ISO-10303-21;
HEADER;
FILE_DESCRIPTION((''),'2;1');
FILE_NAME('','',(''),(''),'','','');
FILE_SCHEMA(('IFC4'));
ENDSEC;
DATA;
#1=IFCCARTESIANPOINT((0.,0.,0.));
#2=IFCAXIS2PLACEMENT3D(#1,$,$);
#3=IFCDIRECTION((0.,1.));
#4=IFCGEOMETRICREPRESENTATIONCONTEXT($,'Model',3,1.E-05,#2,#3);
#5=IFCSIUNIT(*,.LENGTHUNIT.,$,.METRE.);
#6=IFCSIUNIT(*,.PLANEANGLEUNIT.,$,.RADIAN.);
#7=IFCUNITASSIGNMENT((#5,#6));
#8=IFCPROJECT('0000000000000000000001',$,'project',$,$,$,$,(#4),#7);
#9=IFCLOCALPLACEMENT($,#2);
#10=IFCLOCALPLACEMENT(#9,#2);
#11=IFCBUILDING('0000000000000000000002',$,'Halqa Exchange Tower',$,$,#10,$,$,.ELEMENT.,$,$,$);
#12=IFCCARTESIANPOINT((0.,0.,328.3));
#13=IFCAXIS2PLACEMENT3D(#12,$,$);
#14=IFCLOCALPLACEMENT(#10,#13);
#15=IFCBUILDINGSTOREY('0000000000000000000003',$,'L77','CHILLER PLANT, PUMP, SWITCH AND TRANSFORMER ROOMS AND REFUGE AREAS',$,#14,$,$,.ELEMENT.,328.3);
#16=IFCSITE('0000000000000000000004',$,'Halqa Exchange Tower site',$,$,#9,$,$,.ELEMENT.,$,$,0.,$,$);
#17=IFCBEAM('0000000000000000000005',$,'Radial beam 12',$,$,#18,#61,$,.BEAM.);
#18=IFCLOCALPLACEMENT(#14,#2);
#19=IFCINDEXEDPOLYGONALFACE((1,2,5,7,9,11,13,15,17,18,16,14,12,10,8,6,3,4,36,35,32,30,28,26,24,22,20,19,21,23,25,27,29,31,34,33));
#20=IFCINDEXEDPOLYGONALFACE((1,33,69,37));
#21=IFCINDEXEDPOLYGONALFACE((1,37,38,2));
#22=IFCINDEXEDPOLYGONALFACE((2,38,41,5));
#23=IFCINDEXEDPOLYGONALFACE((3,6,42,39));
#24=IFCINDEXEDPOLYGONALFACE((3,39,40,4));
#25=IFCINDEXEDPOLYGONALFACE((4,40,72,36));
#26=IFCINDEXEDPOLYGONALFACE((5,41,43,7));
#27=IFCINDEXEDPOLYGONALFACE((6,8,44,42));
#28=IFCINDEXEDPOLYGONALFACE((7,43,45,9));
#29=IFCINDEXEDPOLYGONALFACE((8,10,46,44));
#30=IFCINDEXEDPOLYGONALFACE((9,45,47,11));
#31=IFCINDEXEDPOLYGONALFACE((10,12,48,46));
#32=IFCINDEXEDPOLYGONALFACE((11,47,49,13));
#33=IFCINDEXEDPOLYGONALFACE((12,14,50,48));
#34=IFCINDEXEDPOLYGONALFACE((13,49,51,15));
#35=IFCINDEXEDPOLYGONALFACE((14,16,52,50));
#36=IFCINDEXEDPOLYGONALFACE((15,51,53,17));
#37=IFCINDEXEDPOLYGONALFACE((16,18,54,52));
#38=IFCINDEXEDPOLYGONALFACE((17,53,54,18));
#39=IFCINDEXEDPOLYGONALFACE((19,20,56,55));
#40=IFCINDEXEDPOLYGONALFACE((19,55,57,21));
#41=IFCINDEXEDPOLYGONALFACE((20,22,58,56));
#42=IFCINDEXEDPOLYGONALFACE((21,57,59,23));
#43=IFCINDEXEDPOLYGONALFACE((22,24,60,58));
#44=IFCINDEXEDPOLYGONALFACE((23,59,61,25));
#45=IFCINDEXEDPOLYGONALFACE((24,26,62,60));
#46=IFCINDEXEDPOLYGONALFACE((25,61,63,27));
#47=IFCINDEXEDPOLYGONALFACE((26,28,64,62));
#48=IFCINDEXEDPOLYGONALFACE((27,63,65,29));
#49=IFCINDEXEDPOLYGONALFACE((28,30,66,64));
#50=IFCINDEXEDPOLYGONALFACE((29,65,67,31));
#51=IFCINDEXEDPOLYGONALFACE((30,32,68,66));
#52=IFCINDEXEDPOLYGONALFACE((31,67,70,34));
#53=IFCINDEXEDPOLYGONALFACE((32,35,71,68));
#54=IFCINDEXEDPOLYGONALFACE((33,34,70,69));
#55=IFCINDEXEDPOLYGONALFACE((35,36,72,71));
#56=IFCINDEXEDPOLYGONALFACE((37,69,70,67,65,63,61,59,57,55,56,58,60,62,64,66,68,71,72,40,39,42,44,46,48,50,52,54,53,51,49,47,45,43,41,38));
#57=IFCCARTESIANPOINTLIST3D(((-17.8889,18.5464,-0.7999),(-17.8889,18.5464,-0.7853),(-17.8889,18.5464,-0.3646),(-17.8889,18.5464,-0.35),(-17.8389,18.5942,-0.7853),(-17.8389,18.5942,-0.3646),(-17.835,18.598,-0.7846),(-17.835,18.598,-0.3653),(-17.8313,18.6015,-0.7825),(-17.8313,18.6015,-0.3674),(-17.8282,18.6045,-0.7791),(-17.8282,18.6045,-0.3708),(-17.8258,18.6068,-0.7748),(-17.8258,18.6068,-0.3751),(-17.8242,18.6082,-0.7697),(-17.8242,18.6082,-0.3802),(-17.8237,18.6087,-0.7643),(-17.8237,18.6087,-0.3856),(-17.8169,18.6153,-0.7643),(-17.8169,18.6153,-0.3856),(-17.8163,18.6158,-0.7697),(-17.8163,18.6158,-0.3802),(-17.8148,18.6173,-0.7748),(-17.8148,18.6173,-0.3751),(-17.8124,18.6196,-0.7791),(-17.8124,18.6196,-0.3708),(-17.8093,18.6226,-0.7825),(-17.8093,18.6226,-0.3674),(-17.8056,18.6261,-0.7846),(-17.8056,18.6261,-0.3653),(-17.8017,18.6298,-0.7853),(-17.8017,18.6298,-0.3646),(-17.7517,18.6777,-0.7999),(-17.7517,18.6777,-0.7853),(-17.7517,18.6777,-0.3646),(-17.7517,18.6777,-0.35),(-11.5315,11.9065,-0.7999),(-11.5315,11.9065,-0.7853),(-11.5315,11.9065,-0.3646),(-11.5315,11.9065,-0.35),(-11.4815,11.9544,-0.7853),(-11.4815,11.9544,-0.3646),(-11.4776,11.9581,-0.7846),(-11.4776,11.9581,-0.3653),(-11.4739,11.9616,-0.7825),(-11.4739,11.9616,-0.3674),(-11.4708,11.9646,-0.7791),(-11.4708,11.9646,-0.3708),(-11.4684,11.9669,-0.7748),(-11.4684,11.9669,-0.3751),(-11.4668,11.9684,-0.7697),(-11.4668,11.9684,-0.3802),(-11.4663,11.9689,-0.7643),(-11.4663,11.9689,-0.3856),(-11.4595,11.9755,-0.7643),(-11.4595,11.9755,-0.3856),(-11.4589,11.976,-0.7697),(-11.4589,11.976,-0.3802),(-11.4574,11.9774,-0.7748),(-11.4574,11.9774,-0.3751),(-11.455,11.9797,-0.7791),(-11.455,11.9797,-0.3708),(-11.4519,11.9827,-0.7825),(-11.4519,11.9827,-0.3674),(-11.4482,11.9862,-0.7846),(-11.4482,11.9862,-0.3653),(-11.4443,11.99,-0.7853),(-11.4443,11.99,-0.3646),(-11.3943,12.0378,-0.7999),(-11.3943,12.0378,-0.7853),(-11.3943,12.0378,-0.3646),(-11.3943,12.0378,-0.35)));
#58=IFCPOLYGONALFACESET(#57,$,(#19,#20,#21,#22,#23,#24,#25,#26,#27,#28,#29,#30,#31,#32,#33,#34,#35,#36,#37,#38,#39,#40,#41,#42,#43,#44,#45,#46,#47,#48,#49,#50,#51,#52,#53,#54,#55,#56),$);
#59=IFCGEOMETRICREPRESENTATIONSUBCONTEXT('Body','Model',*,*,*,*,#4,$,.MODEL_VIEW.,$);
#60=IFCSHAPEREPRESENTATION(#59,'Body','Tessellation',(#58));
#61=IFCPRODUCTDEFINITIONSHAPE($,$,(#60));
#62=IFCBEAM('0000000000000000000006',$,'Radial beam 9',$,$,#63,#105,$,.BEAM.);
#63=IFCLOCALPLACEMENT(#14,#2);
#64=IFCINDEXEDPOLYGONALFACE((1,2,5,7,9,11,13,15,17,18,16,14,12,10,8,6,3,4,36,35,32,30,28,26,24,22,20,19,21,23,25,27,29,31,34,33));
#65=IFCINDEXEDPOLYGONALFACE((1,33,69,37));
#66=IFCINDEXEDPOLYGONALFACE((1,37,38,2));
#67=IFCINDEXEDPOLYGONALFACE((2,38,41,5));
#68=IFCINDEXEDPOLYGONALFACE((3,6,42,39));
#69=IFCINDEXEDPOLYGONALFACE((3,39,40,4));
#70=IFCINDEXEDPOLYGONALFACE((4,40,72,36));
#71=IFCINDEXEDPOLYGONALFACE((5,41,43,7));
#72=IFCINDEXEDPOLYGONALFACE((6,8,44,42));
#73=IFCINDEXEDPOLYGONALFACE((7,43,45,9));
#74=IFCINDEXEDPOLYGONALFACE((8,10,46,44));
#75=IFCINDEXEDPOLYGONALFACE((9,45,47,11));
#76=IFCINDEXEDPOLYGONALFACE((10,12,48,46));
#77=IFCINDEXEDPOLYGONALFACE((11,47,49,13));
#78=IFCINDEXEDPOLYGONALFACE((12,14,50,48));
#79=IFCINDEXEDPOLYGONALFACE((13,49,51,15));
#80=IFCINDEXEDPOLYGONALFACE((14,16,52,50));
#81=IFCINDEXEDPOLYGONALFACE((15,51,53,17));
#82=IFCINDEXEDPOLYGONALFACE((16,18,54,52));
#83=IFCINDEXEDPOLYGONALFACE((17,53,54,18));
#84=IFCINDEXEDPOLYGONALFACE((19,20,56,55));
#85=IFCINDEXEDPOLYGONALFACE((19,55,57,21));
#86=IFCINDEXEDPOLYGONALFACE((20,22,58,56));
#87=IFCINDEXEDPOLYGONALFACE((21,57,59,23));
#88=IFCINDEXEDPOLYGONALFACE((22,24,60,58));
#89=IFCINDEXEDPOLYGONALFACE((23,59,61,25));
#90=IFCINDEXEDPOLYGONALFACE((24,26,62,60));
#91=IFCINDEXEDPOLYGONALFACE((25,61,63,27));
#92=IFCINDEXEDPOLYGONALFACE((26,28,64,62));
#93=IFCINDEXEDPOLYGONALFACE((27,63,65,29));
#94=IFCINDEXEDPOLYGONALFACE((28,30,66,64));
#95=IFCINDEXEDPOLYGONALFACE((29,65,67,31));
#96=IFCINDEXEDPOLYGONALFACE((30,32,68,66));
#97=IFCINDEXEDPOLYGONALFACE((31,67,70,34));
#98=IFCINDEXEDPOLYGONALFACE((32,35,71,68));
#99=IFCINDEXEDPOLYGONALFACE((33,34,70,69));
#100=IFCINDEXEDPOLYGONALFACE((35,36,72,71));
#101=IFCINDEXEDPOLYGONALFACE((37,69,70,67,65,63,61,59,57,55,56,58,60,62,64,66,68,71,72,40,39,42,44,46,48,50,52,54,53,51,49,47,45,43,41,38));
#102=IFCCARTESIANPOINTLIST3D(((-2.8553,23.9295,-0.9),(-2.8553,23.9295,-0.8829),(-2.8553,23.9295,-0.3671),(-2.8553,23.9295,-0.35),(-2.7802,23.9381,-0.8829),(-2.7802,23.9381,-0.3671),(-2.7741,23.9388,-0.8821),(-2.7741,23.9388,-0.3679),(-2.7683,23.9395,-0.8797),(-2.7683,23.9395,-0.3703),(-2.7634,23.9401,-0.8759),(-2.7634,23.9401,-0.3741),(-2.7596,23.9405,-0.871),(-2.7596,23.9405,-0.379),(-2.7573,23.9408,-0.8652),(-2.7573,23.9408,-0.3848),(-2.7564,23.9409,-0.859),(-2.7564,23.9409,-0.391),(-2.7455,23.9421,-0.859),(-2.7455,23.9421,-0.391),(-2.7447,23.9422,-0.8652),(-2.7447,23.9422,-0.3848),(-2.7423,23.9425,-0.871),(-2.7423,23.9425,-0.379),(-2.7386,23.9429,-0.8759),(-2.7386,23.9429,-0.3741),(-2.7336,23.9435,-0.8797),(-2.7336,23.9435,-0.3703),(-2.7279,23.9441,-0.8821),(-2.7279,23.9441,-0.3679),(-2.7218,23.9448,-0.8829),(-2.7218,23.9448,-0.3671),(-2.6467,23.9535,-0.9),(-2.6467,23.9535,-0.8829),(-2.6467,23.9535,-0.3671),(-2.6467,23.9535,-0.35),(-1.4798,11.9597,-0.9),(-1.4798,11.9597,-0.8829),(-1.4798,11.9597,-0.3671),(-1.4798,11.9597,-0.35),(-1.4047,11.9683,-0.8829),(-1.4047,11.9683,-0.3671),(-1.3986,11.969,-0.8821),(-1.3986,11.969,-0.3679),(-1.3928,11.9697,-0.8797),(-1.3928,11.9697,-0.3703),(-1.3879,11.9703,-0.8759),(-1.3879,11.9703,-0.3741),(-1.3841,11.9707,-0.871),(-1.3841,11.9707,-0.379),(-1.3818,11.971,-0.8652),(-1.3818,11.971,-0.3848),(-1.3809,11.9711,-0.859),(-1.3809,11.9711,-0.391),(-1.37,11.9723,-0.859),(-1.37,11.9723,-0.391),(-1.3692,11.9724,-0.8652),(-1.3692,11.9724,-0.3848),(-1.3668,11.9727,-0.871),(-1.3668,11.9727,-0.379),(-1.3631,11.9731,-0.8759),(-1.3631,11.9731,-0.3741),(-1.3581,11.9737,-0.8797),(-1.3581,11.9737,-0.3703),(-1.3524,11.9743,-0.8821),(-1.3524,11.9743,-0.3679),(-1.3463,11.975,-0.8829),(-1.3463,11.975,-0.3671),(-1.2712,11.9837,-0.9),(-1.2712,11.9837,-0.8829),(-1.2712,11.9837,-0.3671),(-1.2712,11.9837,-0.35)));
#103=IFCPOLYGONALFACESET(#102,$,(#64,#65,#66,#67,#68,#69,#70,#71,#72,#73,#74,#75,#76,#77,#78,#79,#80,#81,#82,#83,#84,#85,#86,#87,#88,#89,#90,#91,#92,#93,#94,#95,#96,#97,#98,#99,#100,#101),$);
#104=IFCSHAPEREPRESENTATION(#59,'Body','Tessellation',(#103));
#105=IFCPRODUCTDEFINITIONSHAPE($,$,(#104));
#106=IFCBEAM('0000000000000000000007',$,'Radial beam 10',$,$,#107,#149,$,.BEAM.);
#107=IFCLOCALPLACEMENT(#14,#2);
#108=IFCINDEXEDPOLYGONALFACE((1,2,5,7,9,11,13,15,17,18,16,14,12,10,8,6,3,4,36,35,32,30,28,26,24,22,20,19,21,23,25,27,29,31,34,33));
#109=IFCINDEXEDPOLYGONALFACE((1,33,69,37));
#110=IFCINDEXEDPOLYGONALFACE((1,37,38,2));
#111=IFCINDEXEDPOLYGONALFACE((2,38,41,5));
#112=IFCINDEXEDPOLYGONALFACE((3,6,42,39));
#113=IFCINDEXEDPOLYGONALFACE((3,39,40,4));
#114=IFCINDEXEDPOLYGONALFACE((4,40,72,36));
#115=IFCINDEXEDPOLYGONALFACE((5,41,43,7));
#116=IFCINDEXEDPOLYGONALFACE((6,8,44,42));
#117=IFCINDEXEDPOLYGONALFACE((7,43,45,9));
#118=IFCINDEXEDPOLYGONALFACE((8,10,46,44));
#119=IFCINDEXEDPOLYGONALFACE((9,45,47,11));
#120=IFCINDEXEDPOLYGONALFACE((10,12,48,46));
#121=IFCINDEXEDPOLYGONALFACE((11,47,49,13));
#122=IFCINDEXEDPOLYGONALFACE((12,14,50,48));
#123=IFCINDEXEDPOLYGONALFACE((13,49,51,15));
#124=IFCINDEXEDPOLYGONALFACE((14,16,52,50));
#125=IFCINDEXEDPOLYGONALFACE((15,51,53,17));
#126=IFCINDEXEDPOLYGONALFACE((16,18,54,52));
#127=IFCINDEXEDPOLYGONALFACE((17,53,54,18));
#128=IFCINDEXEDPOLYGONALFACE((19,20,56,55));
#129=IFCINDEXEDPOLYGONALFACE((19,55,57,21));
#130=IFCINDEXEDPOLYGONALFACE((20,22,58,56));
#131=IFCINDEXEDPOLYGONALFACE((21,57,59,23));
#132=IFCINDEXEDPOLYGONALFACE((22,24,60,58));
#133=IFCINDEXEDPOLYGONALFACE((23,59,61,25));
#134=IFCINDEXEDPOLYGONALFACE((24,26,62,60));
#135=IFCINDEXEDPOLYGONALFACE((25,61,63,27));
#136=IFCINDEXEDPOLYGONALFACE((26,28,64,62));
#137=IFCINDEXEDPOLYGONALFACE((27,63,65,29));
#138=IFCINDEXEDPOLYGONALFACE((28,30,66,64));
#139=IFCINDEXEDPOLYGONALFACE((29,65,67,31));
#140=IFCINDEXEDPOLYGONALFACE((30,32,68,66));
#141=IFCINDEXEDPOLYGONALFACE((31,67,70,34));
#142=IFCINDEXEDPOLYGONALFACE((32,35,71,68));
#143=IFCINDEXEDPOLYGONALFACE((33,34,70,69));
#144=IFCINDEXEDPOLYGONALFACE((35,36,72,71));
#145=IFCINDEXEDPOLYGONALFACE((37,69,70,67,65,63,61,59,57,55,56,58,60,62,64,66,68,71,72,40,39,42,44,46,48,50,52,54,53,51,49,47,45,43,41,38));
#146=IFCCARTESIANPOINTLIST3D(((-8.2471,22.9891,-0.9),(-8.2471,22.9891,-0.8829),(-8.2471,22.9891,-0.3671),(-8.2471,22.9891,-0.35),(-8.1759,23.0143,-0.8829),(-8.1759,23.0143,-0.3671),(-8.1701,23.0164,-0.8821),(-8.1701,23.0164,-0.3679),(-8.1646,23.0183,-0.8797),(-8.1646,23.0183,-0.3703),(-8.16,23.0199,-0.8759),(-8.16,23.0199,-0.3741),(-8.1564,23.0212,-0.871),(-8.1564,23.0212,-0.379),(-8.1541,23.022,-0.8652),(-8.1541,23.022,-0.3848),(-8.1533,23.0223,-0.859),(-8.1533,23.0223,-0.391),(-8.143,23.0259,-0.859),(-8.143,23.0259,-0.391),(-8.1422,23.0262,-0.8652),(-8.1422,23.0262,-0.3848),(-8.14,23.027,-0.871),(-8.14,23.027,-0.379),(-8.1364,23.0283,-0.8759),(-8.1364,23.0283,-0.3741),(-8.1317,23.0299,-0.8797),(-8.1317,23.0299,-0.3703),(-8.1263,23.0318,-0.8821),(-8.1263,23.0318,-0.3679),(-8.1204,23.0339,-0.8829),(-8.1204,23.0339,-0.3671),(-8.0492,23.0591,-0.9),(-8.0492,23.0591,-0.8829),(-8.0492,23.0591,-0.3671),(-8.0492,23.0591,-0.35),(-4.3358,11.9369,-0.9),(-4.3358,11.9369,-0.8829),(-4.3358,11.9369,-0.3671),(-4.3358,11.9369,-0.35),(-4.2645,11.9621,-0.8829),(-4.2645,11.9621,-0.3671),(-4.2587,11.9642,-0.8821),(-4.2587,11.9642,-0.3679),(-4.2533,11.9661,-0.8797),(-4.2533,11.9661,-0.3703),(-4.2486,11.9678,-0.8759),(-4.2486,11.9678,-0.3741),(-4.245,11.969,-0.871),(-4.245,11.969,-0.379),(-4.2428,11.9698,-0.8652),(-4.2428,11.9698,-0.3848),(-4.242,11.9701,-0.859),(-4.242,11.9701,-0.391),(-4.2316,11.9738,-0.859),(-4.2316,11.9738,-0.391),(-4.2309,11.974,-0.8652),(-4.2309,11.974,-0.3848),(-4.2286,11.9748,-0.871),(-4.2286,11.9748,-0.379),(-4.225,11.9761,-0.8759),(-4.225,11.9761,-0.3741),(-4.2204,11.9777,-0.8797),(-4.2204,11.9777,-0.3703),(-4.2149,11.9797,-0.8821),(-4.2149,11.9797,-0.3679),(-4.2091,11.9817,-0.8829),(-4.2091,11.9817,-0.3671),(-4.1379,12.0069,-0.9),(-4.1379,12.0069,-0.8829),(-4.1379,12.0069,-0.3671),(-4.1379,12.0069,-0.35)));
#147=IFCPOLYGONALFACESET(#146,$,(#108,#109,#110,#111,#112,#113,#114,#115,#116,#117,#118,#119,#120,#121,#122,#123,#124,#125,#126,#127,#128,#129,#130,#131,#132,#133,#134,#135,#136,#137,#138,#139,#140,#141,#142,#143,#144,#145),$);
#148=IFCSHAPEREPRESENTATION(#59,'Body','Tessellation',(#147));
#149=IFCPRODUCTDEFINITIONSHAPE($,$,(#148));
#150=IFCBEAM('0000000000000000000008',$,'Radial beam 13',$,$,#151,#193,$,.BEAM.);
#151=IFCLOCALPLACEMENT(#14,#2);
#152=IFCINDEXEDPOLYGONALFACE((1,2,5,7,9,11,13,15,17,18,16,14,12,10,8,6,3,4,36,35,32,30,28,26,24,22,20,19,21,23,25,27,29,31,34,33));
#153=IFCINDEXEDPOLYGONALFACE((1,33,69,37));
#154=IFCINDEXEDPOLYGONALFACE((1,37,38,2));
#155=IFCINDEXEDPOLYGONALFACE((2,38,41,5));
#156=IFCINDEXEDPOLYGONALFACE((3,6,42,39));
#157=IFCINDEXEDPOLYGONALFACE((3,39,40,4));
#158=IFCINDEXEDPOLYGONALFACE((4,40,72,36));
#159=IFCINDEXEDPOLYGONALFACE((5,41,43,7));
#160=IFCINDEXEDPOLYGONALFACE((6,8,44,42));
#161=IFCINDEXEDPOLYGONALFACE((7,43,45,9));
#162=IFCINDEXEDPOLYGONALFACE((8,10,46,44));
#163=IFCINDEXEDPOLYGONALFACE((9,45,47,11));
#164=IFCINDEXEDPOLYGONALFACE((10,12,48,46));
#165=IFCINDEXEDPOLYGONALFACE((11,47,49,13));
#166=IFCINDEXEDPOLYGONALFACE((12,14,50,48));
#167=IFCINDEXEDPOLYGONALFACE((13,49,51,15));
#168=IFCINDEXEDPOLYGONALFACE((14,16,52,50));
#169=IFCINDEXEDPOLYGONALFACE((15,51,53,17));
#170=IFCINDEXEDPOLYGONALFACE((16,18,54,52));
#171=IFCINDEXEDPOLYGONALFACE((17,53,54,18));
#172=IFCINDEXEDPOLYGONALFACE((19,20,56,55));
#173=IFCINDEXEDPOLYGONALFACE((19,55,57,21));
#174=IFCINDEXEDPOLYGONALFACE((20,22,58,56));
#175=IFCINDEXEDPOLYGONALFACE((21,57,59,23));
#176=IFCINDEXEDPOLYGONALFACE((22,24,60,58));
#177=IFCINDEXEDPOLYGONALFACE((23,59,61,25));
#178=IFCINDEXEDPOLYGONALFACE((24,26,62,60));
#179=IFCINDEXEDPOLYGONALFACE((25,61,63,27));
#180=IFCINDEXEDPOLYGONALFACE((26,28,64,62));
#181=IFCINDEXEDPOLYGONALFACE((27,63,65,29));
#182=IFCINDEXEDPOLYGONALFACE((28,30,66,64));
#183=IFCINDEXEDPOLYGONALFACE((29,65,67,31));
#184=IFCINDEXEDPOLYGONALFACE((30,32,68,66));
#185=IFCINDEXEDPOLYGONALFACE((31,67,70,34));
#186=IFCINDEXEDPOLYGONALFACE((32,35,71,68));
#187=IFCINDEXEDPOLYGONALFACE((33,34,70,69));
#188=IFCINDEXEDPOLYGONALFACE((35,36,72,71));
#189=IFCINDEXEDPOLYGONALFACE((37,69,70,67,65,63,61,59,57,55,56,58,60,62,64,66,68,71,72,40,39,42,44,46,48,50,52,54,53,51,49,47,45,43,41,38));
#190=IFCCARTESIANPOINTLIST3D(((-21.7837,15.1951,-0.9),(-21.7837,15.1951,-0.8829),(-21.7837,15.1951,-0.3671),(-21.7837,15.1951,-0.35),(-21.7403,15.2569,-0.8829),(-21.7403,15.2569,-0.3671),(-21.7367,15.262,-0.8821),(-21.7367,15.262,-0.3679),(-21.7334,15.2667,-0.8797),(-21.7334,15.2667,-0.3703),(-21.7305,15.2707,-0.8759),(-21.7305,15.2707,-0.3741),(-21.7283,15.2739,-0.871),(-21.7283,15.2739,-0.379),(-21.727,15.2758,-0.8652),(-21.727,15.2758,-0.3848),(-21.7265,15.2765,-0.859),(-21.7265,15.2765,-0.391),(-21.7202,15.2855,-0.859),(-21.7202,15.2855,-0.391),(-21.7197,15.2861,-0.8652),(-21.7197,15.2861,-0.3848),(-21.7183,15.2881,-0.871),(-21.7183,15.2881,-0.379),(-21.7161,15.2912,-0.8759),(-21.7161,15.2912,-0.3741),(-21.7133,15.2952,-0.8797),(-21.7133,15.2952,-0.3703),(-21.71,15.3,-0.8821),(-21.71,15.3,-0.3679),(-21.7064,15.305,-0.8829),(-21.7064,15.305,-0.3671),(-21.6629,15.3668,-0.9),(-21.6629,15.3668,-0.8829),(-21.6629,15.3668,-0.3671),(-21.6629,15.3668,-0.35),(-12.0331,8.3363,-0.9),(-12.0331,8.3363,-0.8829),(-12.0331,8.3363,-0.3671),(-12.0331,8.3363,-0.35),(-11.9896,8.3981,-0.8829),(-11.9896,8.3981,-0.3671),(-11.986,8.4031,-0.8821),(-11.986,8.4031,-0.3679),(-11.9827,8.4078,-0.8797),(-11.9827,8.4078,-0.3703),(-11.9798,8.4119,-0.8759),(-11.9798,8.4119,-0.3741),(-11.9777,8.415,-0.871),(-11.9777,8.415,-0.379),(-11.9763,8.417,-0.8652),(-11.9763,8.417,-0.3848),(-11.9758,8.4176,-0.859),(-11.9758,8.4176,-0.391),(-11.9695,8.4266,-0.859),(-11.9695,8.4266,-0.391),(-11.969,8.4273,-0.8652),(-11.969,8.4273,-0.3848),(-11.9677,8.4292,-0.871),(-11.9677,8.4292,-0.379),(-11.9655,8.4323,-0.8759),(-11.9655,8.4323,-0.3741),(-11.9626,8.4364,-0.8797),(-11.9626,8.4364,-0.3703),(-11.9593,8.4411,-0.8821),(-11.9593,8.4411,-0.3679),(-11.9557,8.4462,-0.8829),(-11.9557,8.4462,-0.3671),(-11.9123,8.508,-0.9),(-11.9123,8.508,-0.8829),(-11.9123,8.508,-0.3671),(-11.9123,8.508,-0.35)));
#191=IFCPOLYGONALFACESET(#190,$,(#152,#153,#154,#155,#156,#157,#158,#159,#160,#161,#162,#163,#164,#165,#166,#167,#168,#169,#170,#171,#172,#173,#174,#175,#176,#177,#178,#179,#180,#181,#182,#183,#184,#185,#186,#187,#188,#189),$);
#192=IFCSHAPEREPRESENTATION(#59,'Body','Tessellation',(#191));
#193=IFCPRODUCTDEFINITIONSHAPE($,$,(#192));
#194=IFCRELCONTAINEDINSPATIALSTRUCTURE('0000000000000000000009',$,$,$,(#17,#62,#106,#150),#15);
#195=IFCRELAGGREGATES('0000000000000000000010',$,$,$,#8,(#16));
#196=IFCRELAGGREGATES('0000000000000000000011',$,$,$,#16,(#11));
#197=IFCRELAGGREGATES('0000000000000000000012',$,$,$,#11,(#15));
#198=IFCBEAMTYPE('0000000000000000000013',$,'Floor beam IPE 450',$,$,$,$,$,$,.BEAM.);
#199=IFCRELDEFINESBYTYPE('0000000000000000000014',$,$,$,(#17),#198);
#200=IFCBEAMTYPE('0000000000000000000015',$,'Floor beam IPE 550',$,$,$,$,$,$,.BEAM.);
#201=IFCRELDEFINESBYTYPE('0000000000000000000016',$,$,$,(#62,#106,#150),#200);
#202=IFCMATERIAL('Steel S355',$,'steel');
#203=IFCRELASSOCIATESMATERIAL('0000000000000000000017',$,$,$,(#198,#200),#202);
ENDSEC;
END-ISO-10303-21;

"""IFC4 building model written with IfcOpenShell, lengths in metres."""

from ifc_helpers import new_model, si_unit, direction, frame, origin, origin_2d, place, context, subcontext, project, spatial, i_section, extrude, material, material_profile, profile_set, type_object, element, save


model = new_model("IFC4")

# Units and contexts
model_context = context("Model", 3, precision=1e-05, world=origin(), true_north=direction((0.0, 1.0)))
body_context = subcontext(model_context, "Body", "Model", "MODEL_VIEW")
ifc_project = project(units=[si_unit("LENGTHUNIT", "METRE"), si_unit("PLANEANGLEUNIT", "RADIAN")], contexts=[model_context])

# Site, building, storey
site_placement = place(None, origin())
site = spatial("IfcSite", under=ifc_project, at=site_placement, Name="Halqa Exchange Tower site", CompositionType="ELEMENT", RefElevation=0.0)
building_placement = place(site_placement, origin())
building = spatial("IfcBuilding", under=site, at=building_placement, Name="Halqa Exchange Tower", CompositionType="ELEMENT")
storey_placement = place(building_placement, frame((0.0, 0.0, 328.3)))
storey = spatial("IfcBuildingStorey", under=building, at=storey_placement, Name="L77", Description="CHILLER PLANT, PUMP, SWITCH AND TRANSFORMER ROOMS AND REFUGE AREAS", CompositionType="ELEMENT", Elevation=328.3)

# Beams
ifc_material_1 = material(Name="Steel S355", Category="steel")
ifc_material_profile_1 = material_profile(ifc_material_1, i_section(OverallWidth=0.1899, OverallDepth=0.45, WebThickness=0.0095, FlangeThickness=0.0146, FilletRadius=0.021, at=origin_2d()), Name="IPE 450")
ifc_profile_set_1 = profile_set([ifc_material_profile_1], Name="Steel S355")
beam_type_1 = type_object("IfcBeamType", Name="Floor beam IPE 450", PredefinedType="BEAM", material=ifc_profile_set_1)
beam_1_placement = place(storey_placement, frame((-11.4629, 11.9722, -0.575), z_axis=(-0.691576, 0.722304, 0.0), x_axis=(-0.722304, -0.691576, 0.0)))
element("IfcBeam", 1, at=beam_1_placement, inside=storey, type_object=beam_type_1, Name="Radial beam 12", PredefinedType="BEAM", context=body_context, shape_type="SweptSolid", body=[
    extrude(i_section(OverallWidth=0.1899, OverallDepth=0.45, WebThickness=0.0095, FlangeThickness=0.0146, FilletRadius=0.021, at=origin_2d()), origin(), (0.0, 0.0, 1.0), 9.1926),
])
ifc_material_profile_2 = material_profile(ifc_material_1, i_section(OverallWidth=0.21, OverallDepth=0.55, WebThickness=0.011, FlangeThickness=0.0171, FilletRadius=0.0239, at=origin_2d()), Name="IPE 550")
ifc_profile_set_2 = profile_set([ifc_material_profile_2], Name="Steel S355")
beam_type_2 = type_object("IfcBeamType", Name="Floor beam IPE 550", PredefinedType="BEAM", material=ifc_profile_set_2)
beam_2_placement = place(storey_placement, frame((-1.3755, 11.9717, -0.625), z_axis=(-0.114163, 0.993462, 0.0), x_axis=(-0.993462, -0.114163, 0.0)))
element("IfcBeam", 2, at=beam_2_placement, inside=storey, type_object=beam_type_2, Name="Radial beam 9", PredefinedType="BEAM", context=body_context, shape_type="SweptSolid", body=[
    extrude(i_section(OverallWidth=0.21, OverallDepth=0.55, WebThickness=0.011, FlangeThickness=0.0171, FilletRadius=0.0239, at=origin_2d()), origin(), (0.0, 0.0, 1.0), 12.0486),
])
beam_3_placement = place(storey_placement, frame((-4.2368, 11.9719, -0.625), z_axis=(-0.333623, 0.942707, 0.0), x_axis=(-0.942707, -0.333623, 0.0)))
element("IfcBeam", 3, at=beam_3_placement, inside=storey, type_object=beam_type_2, Name="Radial beam 10", PredefinedType="BEAM", context=body_context, shape_type="SweptSolid", body=[
    extrude(i_section(OverallWidth=0.21, OverallDepth=0.55, WebThickness=0.011, FlangeThickness=0.0171, FilletRadius=0.0239, at=origin_2d()), origin(), (0.0, 0.0, 1.0), 11.7239),
])
beam_4_placement = place(storey_placement, frame((-11.9727, 8.4221, -0.625), z_axis=(-0.817915, 0.57534, 0.0), x_axis=(-0.57534, -0.817915, 0.0)))
element("IfcBeam", 4, at=beam_4_placement, inside=storey, type_object=beam_type_2, Name="Radial beam 13", PredefinedType="BEAM", context=body_context, shape_type="SweptSolid", body=[
    extrude(i_section(OverallWidth=0.21, OverallDepth=0.55, WebThickness=0.011, FlangeThickness=0.0171, FilletRadius=0.0239, at=origin_2d()), origin(), (0.0, 0.0, 1.0), 11.9214),
])

save(model, "model.ifc")
